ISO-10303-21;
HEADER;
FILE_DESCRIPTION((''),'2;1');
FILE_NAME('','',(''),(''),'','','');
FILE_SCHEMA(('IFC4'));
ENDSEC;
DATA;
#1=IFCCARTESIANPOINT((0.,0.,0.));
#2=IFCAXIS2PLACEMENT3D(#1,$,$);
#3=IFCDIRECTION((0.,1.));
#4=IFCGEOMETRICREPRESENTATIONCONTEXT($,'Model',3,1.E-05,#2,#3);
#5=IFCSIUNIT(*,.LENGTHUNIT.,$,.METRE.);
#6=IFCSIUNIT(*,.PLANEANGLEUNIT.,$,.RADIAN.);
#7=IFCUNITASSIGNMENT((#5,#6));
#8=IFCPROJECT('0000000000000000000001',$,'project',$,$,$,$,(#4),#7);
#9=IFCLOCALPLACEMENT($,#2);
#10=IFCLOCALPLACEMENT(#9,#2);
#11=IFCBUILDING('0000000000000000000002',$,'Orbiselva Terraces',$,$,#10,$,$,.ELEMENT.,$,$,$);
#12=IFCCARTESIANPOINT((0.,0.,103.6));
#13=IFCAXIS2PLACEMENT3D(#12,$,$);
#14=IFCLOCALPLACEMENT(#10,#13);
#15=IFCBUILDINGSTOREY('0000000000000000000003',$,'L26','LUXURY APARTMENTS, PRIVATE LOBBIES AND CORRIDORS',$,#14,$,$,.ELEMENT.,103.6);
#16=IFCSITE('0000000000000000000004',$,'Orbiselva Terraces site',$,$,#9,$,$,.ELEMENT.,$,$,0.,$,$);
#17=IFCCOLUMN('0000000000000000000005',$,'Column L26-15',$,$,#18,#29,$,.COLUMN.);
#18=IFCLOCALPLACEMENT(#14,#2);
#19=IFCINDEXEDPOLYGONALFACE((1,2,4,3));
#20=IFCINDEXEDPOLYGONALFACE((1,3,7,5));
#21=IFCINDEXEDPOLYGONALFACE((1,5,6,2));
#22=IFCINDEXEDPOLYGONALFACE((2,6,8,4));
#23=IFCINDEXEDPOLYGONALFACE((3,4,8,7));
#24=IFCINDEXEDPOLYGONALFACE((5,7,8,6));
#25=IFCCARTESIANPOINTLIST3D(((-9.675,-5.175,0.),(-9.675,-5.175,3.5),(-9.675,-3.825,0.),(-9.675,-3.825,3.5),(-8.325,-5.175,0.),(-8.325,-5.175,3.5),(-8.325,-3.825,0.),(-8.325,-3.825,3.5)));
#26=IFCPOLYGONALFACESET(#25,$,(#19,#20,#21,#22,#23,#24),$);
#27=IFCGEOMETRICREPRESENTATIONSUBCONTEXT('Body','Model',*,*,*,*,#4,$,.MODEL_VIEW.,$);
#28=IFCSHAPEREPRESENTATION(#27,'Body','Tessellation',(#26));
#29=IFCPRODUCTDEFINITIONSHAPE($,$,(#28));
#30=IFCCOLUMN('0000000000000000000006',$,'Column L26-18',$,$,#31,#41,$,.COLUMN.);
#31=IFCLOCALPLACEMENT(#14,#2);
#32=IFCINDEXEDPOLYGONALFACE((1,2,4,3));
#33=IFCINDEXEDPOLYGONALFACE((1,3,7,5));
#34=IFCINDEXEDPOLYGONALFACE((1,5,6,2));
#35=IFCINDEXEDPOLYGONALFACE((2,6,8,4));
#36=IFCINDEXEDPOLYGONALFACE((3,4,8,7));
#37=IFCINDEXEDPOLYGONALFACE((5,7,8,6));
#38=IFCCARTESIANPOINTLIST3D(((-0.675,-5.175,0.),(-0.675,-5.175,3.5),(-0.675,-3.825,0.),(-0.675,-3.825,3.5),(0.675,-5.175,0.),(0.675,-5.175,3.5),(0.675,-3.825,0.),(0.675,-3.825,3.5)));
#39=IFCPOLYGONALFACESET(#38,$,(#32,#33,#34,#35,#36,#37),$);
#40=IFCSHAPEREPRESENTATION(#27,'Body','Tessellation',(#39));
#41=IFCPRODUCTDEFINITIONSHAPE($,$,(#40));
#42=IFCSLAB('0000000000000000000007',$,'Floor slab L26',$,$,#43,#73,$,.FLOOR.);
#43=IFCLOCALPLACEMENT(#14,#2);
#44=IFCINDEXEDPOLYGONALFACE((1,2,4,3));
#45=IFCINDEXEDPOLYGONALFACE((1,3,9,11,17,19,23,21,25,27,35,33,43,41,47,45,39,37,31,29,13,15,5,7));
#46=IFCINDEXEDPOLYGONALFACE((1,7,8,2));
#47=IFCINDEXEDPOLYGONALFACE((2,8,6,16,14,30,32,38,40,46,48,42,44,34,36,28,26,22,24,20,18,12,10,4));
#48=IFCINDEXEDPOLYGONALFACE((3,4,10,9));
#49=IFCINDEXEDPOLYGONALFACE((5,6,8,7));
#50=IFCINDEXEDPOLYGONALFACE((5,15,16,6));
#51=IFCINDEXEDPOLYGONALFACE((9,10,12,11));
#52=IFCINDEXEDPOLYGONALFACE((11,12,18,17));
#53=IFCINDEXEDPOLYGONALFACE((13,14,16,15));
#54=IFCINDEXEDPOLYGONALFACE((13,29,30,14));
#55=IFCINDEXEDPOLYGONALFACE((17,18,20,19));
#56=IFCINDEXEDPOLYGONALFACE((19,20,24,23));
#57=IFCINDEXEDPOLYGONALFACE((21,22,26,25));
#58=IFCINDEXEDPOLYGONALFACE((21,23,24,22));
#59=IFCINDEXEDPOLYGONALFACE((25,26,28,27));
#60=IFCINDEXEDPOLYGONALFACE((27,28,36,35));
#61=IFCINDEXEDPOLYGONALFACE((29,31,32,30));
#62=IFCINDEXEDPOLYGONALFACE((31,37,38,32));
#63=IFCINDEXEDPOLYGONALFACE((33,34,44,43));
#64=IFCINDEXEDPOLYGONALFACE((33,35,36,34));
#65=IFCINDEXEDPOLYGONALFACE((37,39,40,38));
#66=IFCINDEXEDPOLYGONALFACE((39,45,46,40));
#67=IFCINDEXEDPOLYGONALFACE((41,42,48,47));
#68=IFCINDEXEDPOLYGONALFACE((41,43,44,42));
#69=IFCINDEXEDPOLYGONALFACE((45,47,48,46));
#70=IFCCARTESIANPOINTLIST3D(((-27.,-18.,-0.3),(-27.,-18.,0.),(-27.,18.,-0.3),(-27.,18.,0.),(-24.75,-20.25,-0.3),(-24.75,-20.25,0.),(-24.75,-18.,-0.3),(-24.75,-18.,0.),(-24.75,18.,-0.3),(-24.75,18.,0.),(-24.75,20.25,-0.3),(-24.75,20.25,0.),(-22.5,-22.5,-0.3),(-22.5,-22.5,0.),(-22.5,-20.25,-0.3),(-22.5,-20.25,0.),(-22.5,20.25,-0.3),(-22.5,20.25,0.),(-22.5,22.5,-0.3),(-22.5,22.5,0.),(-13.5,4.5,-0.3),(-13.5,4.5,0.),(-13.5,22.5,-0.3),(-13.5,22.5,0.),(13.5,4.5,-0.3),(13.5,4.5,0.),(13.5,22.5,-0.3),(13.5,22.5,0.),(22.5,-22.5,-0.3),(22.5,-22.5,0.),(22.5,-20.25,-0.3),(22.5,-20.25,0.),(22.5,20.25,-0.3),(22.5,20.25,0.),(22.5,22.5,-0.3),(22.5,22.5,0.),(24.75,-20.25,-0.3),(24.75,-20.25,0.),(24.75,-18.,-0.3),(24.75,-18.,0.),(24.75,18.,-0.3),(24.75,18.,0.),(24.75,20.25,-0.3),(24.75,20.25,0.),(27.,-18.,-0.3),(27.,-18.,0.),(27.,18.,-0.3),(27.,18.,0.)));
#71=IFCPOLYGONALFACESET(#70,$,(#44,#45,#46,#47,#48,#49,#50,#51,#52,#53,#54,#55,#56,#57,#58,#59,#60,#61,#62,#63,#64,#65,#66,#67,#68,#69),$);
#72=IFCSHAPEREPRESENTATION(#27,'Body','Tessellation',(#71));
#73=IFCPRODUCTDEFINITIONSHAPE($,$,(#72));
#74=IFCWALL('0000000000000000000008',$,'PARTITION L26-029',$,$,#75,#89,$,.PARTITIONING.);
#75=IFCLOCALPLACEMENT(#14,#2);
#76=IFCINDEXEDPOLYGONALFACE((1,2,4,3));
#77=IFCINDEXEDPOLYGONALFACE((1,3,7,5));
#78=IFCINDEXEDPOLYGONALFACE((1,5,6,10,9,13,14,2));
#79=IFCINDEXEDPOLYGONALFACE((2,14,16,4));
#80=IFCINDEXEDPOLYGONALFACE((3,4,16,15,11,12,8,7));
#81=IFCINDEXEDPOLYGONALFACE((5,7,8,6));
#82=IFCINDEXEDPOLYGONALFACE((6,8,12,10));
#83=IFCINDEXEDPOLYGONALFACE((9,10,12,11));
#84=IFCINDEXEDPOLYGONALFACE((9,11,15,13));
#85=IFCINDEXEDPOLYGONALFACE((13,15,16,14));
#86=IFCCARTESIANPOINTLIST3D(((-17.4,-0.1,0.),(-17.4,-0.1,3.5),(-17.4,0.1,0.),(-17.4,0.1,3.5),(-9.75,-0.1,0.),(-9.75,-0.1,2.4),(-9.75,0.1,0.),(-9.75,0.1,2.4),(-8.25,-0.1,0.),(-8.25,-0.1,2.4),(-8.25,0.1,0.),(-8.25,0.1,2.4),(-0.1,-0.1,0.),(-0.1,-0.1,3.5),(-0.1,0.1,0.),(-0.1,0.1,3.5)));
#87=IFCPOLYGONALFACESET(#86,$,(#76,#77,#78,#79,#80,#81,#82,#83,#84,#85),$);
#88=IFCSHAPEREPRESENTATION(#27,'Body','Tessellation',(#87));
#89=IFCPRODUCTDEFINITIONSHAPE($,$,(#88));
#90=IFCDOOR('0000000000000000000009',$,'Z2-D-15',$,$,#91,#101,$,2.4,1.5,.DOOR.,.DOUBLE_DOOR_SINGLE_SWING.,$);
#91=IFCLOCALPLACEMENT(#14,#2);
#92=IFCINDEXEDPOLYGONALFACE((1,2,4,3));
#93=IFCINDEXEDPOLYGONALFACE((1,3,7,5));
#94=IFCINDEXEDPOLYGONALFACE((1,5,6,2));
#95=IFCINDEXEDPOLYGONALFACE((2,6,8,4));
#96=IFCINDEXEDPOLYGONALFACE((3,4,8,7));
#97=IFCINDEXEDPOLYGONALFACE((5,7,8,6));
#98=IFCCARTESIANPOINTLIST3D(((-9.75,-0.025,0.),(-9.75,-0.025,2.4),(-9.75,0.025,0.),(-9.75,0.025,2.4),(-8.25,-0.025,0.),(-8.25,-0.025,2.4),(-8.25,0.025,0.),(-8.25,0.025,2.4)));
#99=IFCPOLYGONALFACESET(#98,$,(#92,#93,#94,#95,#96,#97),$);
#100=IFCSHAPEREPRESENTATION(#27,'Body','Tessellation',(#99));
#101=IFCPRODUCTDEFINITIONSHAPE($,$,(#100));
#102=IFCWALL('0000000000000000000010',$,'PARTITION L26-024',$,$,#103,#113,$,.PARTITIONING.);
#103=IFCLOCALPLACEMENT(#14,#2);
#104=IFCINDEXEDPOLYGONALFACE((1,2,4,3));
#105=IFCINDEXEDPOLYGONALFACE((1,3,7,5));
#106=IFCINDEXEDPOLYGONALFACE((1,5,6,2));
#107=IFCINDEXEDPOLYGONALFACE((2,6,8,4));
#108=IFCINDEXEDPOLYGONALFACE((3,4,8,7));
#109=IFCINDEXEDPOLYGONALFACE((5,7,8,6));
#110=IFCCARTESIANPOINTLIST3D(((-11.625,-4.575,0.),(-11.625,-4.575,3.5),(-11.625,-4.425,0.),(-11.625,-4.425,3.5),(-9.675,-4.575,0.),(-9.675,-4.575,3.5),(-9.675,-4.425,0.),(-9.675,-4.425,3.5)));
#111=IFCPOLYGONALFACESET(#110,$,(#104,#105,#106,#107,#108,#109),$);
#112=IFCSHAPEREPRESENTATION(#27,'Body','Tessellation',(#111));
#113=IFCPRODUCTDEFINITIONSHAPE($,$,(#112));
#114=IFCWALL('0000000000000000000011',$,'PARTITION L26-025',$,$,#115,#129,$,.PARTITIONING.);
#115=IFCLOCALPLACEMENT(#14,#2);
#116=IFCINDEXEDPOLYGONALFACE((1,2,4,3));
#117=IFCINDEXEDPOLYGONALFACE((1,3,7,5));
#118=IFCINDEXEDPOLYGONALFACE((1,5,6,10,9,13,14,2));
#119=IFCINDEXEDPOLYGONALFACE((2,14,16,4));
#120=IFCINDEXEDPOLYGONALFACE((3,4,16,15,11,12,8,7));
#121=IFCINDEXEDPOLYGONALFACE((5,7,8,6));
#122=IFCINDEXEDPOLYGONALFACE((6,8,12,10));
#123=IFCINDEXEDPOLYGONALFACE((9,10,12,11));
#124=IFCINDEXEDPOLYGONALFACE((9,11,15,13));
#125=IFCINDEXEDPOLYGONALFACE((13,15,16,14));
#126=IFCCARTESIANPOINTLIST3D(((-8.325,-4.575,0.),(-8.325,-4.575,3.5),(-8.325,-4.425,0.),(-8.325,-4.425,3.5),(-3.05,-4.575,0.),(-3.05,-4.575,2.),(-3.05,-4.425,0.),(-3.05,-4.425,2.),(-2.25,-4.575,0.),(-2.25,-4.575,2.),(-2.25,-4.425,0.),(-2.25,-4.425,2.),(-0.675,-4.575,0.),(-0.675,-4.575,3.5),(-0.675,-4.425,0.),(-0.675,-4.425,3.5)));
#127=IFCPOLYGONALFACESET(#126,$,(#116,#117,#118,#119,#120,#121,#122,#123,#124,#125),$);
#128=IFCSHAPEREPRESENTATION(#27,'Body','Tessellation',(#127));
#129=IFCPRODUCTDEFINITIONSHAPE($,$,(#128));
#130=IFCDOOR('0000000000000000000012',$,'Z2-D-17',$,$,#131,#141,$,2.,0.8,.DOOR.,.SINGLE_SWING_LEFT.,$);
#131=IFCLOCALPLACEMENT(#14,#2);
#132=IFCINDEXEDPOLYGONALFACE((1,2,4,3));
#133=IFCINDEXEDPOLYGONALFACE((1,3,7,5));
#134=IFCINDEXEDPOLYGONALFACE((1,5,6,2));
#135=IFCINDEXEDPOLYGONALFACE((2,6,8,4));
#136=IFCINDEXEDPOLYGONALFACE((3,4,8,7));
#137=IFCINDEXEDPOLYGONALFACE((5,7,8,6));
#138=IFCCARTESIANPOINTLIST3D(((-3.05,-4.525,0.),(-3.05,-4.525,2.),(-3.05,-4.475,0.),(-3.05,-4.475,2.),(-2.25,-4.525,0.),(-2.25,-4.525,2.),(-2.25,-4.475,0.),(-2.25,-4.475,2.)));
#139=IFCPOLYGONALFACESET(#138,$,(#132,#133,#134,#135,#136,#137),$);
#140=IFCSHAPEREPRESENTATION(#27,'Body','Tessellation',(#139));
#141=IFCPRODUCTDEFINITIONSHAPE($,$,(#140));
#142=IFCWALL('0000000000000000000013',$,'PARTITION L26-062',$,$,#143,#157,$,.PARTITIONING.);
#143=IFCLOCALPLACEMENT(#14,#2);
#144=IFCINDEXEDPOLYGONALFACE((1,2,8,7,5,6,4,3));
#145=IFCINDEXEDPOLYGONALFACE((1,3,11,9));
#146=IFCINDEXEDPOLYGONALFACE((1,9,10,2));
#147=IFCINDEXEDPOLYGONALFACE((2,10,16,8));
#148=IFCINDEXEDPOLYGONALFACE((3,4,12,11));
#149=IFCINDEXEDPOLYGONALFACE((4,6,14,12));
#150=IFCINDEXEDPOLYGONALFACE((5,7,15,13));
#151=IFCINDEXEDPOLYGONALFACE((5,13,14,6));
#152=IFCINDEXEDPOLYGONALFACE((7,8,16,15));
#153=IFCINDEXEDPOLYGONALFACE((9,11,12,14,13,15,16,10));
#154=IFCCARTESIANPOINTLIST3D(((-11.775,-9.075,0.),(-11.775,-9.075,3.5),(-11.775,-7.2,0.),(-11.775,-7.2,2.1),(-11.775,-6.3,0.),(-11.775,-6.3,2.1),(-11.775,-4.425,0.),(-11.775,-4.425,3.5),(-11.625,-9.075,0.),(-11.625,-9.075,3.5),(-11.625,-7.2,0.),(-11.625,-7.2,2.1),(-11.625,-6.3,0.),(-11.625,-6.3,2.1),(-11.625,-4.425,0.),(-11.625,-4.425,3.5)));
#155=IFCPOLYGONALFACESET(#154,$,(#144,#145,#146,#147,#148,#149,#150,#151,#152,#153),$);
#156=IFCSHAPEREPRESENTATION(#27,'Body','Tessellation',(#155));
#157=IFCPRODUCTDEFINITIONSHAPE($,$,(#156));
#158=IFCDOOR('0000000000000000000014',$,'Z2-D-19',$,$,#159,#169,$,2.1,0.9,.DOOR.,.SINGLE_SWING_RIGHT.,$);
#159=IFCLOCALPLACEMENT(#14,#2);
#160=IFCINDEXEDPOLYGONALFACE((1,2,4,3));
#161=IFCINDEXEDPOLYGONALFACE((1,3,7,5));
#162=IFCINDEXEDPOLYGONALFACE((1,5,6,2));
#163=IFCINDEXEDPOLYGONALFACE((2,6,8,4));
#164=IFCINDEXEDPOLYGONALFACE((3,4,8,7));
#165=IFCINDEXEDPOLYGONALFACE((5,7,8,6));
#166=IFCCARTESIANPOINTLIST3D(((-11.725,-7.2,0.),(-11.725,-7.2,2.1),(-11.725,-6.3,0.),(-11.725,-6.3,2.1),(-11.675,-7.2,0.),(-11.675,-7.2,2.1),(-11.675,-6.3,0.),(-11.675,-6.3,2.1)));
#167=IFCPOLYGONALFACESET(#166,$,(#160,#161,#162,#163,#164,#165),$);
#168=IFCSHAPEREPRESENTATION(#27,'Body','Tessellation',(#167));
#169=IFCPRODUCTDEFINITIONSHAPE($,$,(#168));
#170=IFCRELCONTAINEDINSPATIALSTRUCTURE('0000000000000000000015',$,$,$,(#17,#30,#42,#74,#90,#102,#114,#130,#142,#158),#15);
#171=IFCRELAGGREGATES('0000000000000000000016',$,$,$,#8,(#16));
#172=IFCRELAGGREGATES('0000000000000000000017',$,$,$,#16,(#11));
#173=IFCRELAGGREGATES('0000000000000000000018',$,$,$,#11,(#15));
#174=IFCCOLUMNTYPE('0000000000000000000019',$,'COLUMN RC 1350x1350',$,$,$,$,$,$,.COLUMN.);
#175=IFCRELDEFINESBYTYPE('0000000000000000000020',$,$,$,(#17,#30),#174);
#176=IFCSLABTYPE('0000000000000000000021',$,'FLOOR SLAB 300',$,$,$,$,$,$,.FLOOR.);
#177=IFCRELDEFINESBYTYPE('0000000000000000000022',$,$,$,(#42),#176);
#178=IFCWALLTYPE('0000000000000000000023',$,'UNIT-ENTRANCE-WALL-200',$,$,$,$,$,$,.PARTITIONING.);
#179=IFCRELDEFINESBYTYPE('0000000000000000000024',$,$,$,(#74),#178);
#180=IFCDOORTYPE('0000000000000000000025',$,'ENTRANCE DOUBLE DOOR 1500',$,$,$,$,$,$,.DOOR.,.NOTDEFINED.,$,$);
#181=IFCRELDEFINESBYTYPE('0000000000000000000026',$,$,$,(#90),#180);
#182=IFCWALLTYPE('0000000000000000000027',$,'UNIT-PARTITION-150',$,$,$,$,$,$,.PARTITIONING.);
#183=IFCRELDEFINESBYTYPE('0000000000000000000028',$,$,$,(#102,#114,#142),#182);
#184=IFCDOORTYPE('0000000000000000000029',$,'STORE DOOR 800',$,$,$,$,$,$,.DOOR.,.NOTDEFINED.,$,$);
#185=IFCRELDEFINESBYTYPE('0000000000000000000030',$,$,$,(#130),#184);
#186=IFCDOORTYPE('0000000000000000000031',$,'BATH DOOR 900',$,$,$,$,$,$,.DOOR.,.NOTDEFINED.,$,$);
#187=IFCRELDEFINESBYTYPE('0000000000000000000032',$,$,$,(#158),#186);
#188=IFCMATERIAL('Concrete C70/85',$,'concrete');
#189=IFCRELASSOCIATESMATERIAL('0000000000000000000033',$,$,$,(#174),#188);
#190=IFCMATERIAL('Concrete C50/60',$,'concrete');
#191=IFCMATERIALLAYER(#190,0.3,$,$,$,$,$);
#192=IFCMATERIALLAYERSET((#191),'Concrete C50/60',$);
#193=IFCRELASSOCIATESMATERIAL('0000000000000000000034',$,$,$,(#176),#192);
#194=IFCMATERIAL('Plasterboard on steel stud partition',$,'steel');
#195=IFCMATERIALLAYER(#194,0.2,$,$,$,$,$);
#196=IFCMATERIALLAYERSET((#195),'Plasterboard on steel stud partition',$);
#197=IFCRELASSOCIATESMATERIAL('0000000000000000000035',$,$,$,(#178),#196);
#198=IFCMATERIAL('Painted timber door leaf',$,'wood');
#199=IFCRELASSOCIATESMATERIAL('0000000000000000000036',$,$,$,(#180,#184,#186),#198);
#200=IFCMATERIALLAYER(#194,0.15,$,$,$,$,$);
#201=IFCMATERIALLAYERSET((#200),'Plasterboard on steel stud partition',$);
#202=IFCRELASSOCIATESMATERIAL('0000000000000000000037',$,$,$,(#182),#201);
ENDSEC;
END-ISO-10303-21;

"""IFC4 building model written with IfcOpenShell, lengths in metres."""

from ifc_helpers import new_model, si_unit, direction, frame, frame_2d, origin, origin_2d, place, context, subcontext, project, spatial, polyline, rectangle, outline, extrude, material, layer, layer_set, material_profile, profile_set, type_object, element, fill, save


model = new_model("IFC4")

# Units and contexts
model_context = context("Model", 3, precision=1e-05, world=origin(), true_north=direction((0.0, 1.0)))
body_context = subcontext(model_context, "Body", "Model", "MODEL_VIEW")
ifc_project = project(units=[si_unit("LENGTHUNIT", "METRE"), si_unit("PLANEANGLEUNIT", "RADIAN")], contexts=[model_context])

# Site, building, storey
site_placement = place(None, origin())
site = spatial("IfcSite", under=ifc_project, at=site_placement, Name="Orbiselva Terraces site", CompositionType="ELEMENT", RefElevation=0.0)
building_placement = place(site_placement, origin())
building = spatial("IfcBuilding", under=site, at=building_placement, Name="Orbiselva Terraces", CompositionType="ELEMENT")
storey_placement = place(building_placement, frame((0.0, 0.0, 103.6)))
storey = spatial("IfcBuildingStorey", under=building, at=storey_placement, Name="L26", Description="LUXURY APARTMENTS, PRIVATE LOBBIES AND CORRIDORS", CompositionType="ELEMENT", Elevation=103.6)

# Columns
ifc_material_1 = material(Name="Concrete C70/85", Category="concrete")
ifc_material_profile = material_profile(ifc_material_1, rectangle(XDim=1.35, YDim=1.35, at=origin_2d()), Name="RC 1350x1350")
ifc_profile_set = profile_set([ifc_material_profile], Name="Concrete C70/85")
column_type = type_object("IfcColumnType", Name="COLUMN RC 1350x1350", PredefinedType="COLUMN", material=ifc_profile_set)
for number, where, z_axis, x_axis, name in (
    (1, (-9.0, -4.5, 0.0), (0.0, 0.0, 1.0), (1.0, 0.0, 0.0), "Column L26-15"),
    (2, (0.0, -4.5, 0.0), (0.0, 0.0, 1.0), (1.0, 0.0, 0.0), "Column L26-18"),
):
    element("IfcColumn", number, at=place(storey_placement, frame(where, z_axis=z_axis, x_axis=x_axis)), inside=storey, type_object=column_type, Name=name, PredefinedType="COLUMN", context=body_context, shape_type="SweptSolid", body=[
        extrude(rectangle(XDim=1.35, YDim=1.35, at=origin_2d()), origin(), (0.0, 0.0, 1.0), 3.5),
    ])

# Slab
ifc_material_2 = material(Name="Concrete C50/60", Category="concrete")
ifc_layer_1 = layer(ifc_material_2, 0.3)
ifc_layer_set_1 = layer_set([ifc_layer_1], Name="Concrete C50/60")
slab_type = type_object("IfcSlabType", Name="FLOOR SLAB 300", PredefinedType="FLOOR", material=ifc_layer_set_1)
slab_placement = place(storey_placement, frame((0.0, 0.0, -0.3)))
element("IfcSlab", 3, at=slab_placement, inside=storey, type_object=slab_type, Name="Floor slab L26", PredefinedType="FLOOR", context=body_context, shape_type="SweptSolid", body=[
    extrude(outline(polyline([(22.5, 22.5), (22.5, 20.25), (24.75, 20.25), (24.75, 18.0), (27.0, 18.0), (27.0, -18.0), (24.75, -18.0), (24.75, -20.25), (22.5, -20.25), (22.5, -22.5), (-22.5, -22.5), (-22.5, -20.25), (-24.75, -20.25), (-24.75, -18.0), (-27.0, -18.0), (-27.0, 18.0), (-24.75, 18.0), (-24.75, 20.25), (-22.5, 20.25), (-22.5, 22.5), (-13.5, 22.5), (-13.5, 4.5), (13.5, 4.5), (13.5, 22.5), (22.5, 22.5)])), origin(), (0.0, 0.0, 1.0), 0.3),
])

# Wall, opening, door
ifc_material_3 = material(Name="Plasterboard on steel stud partition", Category="steel")
ifc_layer_2 = layer(ifc_material_3, 0.2)
ifc_layer_set_2 = layer_set([ifc_layer_2], Name="Plasterboard on steel stud partition")
wall_type_1 = type_object("IfcWallType", Name="UNIT-ENTRANCE-WALL-200", PredefinedType="PARTITIONING", material=ifc_layer_set_2)
wall_1_placement = place(storey_placement, frame((-0.1, 0.0, 0.0), z_axis=(0.0, 0.0, 1.0), x_axis=(-1.0, 0.0, 0.0)))
wall_1 = element("IfcWall", 4, at=wall_1_placement, inside=storey, type_object=wall_type_1, Name="PARTITION L26-029", PredefinedType="PARTITIONING", context=body_context, shape_type="SweptSolid", body=[
    extrude(rectangle(XDim=17.3, YDim=0.2, at=frame_2d((8.65, 0.0))), origin(), (0.0, 0.0, 1.0), 3.5),
])
opening_1_placement = place(wall_1_placement, frame((8.15, 0.0, 0.0)))
opening_1 = element("IfcOpeningElement", 5, at=opening_1_placement, cuts=wall_1, PredefinedType="OPENING", context=body_context, shape_type="SweptSolid", body=[
    extrude(rectangle(XDim=1.5, YDim=2.4, at=frame_2d((0.75, 1.2))), frame((0.0, 0.11, 0.0), z_axis=(0.0, -1.0, 0.0), x_axis=(1.0, 0.0, 0.0)), (0.0, 0.0, 1.0), 0.22),
])
ifc_material_4 = material(Name="Painted timber door leaf", Category="wood")
door_type_1 = type_object("IfcDoorType", Name="ENTRANCE DOUBLE DOOR 1500", OperationType="NOTDEFINED", PredefinedType="DOOR", material=ifc_material_4)
door_1_placement = place(opening_1_placement, origin())
door_1 = element("IfcDoor", 6, at=door_1_placement, inside=storey, type_object=door_type_1, Name="Z2-D-15", OperationType="DOUBLE_DOOR_SINGLE_SWING", OverallHeight=2.4, OverallWidth=1.5, PredefinedType="DOOR", context=body_context, shape_type="SweptSolid", body=[
    extrude(rectangle(XDim=1.5, YDim=2.4, at=frame_2d((0.75, 1.2))), frame((0.0, 0.025, 0.0), z_axis=(0.0, -1.0, 0.0), x_axis=(1.0, 0.0, 0.0)), (0.0, 0.0, 1.0), 0.05),
])
fill(opening_1, door_1)

# Wall
ifc_layer_3 = layer(ifc_material_3, 0.15)
ifc_layer_set_3 = layer_set([ifc_layer_3], Name="Plasterboard on steel stud partition")
wall_type_2 = type_object("IfcWallType", Name="UNIT-PARTITION-150", PredefinedType="PARTITIONING", material=ifc_layer_set_3)
wall_2_placement = place(storey_placement, frame((-11.625, -4.5, 0.0), z_axis=(0.0, 0.0, 1.0), x_axis=(1.0, 0.0, 0.0)))
element("IfcWall", 7, at=wall_2_placement, inside=storey, type_object=wall_type_2, Name="PARTITION L26-024", PredefinedType="PARTITIONING", context=body_context, shape_type="SweptSolid", body=[
    extrude(rectangle(XDim=1.95, YDim=0.15, at=frame_2d((0.975, 0.0))), origin(), (0.0, 0.0, 1.0), 3.5),
])

# Walls, openings, doors
wall_3_placement = place(storey_placement, frame((-0.675, -4.5, 0.0), z_axis=(0.0, 0.0, 1.0), x_axis=(-1.0, 0.0, 0.0)))
wall_3 = element("IfcWall", 8, at=wall_3_placement, inside=storey, type_object=wall_type_2, Name="PARTITION L26-025", PredefinedType="PARTITIONING", context=body_context, shape_type="SweptSolid", body=[
    extrude(rectangle(XDim=7.65, YDim=0.15, at=frame_2d((3.825, 0.0))), origin(), (0.0, 0.0, 1.0), 3.5),
])
opening_2_placement = place(wall_3_placement, frame((1.575, 0.0, 0.0)))
opening_2 = element("IfcOpeningElement", 9, at=opening_2_placement, cuts=wall_3, PredefinedType="OPENING", context=body_context, shape_type="SweptSolid", body=[
    extrude(rectangle(XDim=0.8, YDim=2.0, at=frame_2d((0.4, 1.0))), frame((0.0, 0.085, 0.0), z_axis=(0.0, -1.0, 0.0), x_axis=(1.0, 0.0, 0.0)), (0.0, 0.0, 1.0), 0.17),
])
door_type_2 = type_object("IfcDoorType", Name="STORE DOOR 800", OperationType="NOTDEFINED", PredefinedType="DOOR", material=ifc_material_4)
door_2_placement = place(opening_2_placement, origin())
door_2 = element("IfcDoor", 10, at=door_2_placement, inside=storey, type_object=door_type_2, Name="Z2-D-17", OperationType="SINGLE_SWING_LEFT", OverallHeight=2.0, OverallWidth=0.8, PredefinedType="DOOR", context=body_context, shape_type="SweptSolid", body=[
    extrude(rectangle(XDim=0.8, YDim=2.0, at=frame_2d((0.4, 1.0))), frame((0.0, 0.025, 0.0), z_axis=(0.0, -1.0, 0.0), x_axis=(1.0, 0.0, 0.0)), (0.0, 0.0, 1.0), 0.05),
])
fill(opening_2, door_2)
wall_4_placement = place(storey_placement, frame((-11.7, -4.425, 0.0), z_axis=(0.0, 0.0, 1.0), x_axis=(0.0, -1.0, 0.0)))
wall_4 = element("IfcWall", 11, at=wall_4_placement, inside=storey, type_object=wall_type_2, Name="PARTITION L26-062", PredefinedType="PARTITIONING", context=body_context, shape_type="SweptSolid", body=[
    extrude(rectangle(XDim=4.65, YDim=0.15, at=frame_2d((2.325, 0.0))), origin(), (0.0, 0.0, 1.0), 3.5),
])
opening_3_placement = place(wall_4_placement, frame((1.875, 0.0, 0.0)))
opening_3 = element("IfcOpeningElement", 12, at=opening_3_placement, cuts=wall_4, PredefinedType="OPENING", context=body_context, shape_type="SweptSolid", body=[
    extrude(rectangle(XDim=0.9, YDim=2.1, at=frame_2d((0.45, 1.05))), frame((0.0, 0.085, 0.0), z_axis=(0.0, -1.0, 0.0), x_axis=(1.0, 0.0, 0.0)), (0.0, 0.0, 1.0), 0.17),
])
door_type_3 = type_object("IfcDoorType", Name="BATH DOOR 900", OperationType="NOTDEFINED", PredefinedType="DOOR", material=ifc_material_4)
door_3_placement = place(opening_3_placement, origin())
door_3 = element("IfcDoor", 13, at=door_3_placement, inside=storey, type_object=door_type_3, Name="Z2-D-19", OperationType="SINGLE_SWING_RIGHT", OverallHeight=2.1, OverallWidth=0.9, PredefinedType="DOOR", context=body_context, shape_type="SweptSolid", body=[
    extrude(rectangle(XDim=0.9, YDim=2.1, at=frame_2d((0.45, 1.05))), frame((0.0, 0.025, 0.0), z_axis=(0.0, -1.0, 0.0), x_axis=(1.0, 0.0, 0.0)), (0.0, 0.0, 1.0), 0.05),
])
fill(opening_3, door_3)

save(model, "model.ifc")
